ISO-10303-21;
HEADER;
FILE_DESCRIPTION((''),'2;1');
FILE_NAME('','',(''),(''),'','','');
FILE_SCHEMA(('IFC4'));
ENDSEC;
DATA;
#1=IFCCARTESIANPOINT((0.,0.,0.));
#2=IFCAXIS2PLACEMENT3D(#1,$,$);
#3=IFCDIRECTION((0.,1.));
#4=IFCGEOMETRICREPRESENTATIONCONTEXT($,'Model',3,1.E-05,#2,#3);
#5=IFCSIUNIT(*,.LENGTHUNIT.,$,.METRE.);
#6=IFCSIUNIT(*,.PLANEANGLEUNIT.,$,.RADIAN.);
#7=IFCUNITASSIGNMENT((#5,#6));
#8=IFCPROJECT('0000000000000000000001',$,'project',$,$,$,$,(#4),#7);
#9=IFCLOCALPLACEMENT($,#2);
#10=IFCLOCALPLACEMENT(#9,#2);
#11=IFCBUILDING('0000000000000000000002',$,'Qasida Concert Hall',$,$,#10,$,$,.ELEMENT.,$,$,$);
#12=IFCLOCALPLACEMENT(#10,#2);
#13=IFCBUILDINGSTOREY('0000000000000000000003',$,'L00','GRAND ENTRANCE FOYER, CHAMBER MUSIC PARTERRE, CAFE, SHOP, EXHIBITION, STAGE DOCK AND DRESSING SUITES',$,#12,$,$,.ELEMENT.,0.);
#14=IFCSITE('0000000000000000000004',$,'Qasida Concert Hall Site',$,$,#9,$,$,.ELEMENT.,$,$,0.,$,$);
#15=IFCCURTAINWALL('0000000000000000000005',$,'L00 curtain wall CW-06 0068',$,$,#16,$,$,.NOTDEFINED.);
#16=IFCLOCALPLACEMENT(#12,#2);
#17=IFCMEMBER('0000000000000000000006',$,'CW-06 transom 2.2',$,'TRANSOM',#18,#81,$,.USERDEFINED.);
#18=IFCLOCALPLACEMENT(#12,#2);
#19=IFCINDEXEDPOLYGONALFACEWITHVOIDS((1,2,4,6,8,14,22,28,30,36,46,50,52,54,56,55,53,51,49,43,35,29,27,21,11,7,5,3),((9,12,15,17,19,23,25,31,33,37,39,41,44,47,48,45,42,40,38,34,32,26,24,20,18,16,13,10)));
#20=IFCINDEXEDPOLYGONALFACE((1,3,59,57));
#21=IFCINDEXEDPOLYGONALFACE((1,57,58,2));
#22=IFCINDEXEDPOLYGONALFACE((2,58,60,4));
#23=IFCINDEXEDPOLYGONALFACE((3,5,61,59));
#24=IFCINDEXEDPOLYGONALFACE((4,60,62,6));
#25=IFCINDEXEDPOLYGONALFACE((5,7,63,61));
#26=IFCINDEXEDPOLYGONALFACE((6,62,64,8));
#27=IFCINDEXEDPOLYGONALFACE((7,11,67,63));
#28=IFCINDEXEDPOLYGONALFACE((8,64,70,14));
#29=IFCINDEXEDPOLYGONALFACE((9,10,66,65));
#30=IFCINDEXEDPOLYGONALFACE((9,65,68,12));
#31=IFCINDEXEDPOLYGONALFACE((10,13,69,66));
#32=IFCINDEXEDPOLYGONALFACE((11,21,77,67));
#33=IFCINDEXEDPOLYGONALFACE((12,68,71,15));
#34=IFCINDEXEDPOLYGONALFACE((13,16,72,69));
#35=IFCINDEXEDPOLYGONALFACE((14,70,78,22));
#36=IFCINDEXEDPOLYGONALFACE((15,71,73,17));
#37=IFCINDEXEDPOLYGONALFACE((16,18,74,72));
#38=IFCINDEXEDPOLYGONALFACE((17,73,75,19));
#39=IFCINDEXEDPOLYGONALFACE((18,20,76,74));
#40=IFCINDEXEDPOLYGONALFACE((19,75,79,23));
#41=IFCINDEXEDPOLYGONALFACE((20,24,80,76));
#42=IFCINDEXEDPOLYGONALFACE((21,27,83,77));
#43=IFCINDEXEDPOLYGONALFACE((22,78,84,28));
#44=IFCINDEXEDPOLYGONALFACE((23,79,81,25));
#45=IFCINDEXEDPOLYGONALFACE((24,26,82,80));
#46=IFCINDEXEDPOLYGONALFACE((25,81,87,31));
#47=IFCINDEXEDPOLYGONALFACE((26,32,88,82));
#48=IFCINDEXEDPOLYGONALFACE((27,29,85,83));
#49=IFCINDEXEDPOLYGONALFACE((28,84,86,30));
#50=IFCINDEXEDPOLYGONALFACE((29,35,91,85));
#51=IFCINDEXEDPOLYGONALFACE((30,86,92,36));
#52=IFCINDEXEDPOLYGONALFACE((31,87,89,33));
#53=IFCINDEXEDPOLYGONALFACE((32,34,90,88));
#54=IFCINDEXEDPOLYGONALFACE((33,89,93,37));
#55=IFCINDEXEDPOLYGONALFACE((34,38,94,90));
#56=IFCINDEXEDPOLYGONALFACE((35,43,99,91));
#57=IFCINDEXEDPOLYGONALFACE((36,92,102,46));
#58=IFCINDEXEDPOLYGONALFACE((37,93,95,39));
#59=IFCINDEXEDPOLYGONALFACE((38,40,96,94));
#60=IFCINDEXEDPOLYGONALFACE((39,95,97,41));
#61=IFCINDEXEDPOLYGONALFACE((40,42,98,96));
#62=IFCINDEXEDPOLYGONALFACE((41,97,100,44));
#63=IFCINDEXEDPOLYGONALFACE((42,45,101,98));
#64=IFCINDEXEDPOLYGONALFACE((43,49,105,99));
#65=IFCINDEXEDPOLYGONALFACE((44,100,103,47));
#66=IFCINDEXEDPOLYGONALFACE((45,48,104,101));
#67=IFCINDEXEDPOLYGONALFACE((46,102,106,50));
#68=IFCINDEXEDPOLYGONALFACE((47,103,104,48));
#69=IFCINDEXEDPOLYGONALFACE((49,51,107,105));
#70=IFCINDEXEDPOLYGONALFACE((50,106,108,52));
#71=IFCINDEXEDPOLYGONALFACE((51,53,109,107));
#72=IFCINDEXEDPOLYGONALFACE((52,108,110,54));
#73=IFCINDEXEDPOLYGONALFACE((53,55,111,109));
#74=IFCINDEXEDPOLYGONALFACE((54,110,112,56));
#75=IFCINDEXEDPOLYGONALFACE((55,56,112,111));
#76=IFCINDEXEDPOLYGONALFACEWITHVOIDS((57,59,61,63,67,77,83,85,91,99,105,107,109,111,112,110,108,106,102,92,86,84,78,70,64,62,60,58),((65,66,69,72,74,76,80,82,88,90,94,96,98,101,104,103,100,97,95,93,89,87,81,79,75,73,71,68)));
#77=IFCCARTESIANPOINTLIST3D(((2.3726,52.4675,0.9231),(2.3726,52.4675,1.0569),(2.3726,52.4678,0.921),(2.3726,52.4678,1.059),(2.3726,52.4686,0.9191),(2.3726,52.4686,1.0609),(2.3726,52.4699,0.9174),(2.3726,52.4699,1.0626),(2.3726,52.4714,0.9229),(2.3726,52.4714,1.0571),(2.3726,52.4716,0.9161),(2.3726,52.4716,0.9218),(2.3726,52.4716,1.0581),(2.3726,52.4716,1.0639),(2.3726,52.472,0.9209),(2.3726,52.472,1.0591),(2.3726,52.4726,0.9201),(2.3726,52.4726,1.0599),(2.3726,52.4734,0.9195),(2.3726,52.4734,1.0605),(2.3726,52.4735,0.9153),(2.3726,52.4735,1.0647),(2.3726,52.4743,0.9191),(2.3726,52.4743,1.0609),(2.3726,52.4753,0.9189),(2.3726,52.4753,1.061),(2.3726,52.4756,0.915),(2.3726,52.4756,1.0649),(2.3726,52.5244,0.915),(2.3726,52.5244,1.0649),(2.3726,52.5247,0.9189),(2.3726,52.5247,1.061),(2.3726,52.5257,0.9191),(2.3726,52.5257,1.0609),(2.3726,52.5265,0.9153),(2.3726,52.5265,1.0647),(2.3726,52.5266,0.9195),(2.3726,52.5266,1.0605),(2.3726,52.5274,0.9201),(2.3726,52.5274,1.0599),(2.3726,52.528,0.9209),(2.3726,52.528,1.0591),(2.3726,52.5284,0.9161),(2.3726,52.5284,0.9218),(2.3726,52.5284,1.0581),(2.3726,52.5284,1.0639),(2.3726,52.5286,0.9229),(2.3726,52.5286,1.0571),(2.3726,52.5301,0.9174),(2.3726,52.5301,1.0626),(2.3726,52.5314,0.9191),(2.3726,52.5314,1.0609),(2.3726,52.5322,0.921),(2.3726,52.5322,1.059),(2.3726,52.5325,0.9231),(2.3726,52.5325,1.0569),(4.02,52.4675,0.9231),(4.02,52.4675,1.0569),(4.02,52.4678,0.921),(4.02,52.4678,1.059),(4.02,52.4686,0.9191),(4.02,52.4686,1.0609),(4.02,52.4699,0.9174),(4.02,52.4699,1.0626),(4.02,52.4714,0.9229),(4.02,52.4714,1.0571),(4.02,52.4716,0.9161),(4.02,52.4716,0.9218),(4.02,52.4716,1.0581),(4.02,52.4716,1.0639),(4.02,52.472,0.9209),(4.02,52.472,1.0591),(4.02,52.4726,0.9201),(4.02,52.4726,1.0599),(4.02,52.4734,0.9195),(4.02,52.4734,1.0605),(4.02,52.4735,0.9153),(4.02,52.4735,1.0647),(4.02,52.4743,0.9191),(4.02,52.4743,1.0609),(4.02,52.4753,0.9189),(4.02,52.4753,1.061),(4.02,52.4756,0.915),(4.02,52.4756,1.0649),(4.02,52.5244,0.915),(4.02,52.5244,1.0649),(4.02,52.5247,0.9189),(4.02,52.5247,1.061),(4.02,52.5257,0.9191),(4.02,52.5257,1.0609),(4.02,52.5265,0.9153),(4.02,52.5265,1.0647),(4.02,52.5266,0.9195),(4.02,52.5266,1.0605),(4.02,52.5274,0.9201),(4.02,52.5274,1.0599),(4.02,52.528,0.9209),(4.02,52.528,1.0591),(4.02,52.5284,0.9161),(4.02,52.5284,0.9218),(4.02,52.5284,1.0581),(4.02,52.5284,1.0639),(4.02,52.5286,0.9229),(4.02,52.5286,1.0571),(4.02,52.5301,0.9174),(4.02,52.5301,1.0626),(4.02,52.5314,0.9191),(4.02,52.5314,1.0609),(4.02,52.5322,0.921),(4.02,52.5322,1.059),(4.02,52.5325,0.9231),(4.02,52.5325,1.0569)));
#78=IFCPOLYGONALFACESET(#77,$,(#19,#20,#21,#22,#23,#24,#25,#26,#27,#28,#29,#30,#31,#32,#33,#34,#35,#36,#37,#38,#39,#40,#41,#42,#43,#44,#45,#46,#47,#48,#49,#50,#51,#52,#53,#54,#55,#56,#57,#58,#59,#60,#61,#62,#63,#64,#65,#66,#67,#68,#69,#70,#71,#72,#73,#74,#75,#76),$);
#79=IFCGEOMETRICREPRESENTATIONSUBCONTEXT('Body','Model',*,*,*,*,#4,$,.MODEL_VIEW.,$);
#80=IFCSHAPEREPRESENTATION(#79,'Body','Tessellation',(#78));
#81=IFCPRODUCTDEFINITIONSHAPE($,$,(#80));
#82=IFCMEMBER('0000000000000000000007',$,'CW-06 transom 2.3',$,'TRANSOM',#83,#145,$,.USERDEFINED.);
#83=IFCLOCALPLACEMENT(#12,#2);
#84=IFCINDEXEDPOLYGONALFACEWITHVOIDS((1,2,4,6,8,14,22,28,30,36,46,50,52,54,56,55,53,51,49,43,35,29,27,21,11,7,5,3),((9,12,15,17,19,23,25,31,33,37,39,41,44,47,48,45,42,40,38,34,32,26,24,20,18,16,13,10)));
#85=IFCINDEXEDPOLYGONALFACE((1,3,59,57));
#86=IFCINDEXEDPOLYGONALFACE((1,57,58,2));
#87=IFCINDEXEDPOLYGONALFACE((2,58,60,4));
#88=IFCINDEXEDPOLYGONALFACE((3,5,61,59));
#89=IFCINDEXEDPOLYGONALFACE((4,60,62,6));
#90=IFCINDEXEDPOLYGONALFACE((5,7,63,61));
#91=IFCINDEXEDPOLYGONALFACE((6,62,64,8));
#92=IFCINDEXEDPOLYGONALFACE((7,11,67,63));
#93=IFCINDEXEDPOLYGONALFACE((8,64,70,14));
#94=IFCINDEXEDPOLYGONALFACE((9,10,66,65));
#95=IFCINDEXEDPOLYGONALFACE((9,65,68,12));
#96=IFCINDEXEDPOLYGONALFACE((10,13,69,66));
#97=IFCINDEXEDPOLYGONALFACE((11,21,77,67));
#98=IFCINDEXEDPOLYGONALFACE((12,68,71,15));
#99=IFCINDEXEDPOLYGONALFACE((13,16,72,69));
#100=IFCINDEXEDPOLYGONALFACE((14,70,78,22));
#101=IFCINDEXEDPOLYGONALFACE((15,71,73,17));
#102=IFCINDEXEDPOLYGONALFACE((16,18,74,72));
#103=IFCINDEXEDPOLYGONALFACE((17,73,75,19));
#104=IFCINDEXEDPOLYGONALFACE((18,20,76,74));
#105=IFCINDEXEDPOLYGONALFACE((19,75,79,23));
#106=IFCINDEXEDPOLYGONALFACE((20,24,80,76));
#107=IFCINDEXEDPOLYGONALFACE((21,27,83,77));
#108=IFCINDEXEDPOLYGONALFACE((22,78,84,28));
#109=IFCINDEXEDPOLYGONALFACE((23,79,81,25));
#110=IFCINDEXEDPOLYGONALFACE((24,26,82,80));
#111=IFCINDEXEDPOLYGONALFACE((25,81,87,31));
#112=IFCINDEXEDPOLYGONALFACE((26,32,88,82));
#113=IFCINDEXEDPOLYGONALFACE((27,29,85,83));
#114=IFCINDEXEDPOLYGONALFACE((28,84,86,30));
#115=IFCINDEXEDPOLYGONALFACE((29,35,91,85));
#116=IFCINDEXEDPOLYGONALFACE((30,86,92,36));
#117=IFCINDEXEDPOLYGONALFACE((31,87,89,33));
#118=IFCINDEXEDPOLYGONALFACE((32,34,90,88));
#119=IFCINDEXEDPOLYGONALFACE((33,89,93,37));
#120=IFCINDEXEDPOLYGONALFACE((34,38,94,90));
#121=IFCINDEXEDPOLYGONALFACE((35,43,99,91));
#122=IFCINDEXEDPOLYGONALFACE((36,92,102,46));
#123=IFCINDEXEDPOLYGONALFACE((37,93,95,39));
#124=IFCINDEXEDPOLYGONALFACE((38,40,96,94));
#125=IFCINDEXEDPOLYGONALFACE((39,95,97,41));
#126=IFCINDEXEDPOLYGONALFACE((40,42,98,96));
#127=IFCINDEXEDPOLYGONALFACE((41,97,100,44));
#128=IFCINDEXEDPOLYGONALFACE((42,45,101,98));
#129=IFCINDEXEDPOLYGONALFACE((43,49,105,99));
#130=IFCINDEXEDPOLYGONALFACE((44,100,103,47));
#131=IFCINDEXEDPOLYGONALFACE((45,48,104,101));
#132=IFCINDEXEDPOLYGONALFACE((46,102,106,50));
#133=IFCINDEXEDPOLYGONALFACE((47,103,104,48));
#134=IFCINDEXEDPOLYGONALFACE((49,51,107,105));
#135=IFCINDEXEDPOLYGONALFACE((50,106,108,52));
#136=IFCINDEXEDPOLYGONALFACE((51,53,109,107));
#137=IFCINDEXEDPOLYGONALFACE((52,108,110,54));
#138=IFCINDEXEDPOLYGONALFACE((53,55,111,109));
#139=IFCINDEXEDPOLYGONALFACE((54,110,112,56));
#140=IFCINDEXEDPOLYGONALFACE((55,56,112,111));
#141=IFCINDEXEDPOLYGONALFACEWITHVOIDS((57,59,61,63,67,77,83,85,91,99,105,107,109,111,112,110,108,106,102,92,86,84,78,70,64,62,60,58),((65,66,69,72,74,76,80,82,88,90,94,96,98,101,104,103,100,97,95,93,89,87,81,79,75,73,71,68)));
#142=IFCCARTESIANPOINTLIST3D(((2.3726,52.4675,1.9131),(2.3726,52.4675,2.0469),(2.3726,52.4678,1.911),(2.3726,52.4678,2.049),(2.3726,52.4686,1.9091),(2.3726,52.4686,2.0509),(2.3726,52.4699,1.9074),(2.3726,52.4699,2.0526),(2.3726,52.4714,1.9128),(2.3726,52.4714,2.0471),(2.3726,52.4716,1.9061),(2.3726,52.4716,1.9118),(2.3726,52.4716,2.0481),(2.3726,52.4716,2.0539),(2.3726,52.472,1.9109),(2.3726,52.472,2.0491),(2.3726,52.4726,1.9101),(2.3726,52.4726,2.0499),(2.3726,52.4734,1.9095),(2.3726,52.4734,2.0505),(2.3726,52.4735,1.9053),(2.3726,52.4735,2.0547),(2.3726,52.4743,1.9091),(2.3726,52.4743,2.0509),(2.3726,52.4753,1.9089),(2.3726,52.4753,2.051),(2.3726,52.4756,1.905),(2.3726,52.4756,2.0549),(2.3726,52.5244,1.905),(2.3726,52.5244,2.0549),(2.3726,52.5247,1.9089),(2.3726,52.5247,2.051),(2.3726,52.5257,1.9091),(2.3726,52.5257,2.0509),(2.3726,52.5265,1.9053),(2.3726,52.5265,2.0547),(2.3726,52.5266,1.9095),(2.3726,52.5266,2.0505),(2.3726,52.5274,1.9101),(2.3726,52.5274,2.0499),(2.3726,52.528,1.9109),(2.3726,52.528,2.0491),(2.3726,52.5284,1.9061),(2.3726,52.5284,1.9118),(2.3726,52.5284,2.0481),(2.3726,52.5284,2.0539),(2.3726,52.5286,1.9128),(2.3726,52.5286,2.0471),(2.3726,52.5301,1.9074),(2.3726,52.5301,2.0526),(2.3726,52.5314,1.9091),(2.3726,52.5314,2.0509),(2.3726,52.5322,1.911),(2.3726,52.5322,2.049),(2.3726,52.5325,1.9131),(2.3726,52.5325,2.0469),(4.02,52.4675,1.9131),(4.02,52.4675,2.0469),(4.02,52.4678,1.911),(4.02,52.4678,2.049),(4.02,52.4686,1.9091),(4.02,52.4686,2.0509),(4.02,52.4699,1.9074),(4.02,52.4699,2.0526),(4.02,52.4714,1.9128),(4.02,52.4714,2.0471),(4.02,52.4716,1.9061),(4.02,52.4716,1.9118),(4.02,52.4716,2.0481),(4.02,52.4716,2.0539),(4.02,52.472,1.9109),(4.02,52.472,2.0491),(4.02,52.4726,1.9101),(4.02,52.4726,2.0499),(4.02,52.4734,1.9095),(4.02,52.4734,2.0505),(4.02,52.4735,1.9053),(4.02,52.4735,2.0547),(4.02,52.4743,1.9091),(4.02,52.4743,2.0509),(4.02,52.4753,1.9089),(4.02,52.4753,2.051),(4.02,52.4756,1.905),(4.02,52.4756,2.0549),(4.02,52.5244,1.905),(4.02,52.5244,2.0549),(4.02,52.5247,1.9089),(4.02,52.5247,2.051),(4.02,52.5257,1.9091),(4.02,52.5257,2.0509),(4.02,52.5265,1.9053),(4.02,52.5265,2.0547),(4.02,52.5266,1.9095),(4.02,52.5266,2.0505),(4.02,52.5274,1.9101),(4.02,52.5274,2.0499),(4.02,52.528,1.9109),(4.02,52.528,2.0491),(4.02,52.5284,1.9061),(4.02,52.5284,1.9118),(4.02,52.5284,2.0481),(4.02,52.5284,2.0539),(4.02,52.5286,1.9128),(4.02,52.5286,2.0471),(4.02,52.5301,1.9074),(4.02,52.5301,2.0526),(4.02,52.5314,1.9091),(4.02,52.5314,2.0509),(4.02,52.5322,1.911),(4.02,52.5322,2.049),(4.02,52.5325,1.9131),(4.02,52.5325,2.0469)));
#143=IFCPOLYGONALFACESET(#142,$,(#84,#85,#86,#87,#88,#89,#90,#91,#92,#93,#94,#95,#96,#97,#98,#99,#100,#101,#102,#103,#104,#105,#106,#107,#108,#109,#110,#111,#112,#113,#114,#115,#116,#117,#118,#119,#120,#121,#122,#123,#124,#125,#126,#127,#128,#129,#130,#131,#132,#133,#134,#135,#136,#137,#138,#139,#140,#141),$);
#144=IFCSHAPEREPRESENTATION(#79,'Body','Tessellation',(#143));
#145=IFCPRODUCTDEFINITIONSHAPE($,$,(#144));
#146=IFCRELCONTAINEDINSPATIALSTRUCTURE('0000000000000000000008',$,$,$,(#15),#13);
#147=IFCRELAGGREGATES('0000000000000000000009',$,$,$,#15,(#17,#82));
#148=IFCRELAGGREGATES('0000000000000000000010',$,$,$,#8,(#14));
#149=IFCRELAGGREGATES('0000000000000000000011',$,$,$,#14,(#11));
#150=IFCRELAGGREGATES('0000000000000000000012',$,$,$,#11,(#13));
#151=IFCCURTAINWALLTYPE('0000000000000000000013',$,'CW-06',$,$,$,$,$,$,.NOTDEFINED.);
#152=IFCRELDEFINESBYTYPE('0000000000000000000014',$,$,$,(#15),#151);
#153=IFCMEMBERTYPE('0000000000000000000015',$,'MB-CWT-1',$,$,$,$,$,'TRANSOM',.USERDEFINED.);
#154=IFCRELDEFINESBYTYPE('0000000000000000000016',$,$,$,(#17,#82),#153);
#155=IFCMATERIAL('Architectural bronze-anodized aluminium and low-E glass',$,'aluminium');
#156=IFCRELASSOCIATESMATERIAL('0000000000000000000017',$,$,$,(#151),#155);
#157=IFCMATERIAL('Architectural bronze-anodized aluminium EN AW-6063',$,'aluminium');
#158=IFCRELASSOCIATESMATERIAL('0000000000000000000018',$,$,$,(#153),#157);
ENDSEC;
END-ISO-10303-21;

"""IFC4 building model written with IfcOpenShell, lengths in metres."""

from ifc_helpers import new_model, si_unit, direction, frame, origin, origin_2d, place, context, subcontext, project, spatial, hollow_rectangle, extrude, material, material_profile, profile_set, type_object, element, aggregate, save


model = new_model("IFC4")

# Units and contexts
model_context = context("Model", 3, precision=1e-05, world=origin(), true_north=direction((0.0, 1.0)))
body_context = subcontext(model_context, "Body", "Model", "MODEL_VIEW")
ifc_project = project(units=[si_unit("LENGTHUNIT", "METRE"), si_unit("PLANEANGLEUNIT", "RADIAN")], contexts=[model_context])

# Site, building, storey
site_placement = place(None, origin())
site = spatial("IfcSite", under=ifc_project, at=site_placement, Name="Qasida Concert Hall Site", CompositionType="ELEMENT", RefElevation=0.0)
building_placement = place(site_placement, origin())
building = spatial("IfcBuilding", under=site, at=building_placement, Name="Qasida Concert Hall", CompositionType="ELEMENT")
storey_placement = place(building_placement, origin())
storey = spatial("IfcBuildingStorey", under=building, at=storey_placement, Name="L00", Description="GRAND ENTRANCE FOYER, CHAMBER MUSIC PARTERRE, CAFE, SHOP, EXHIBITION, STAGE DOCK AND DRESSING SUITES", CompositionType="ELEMENT", Elevation=0.0)

# Curtain wall, members
ifc_material_1 = material(Name="Architectural bronze-anodized aluminium and low-E glass", Category="aluminium")
curtain_wall_type = type_object("IfcCurtainWallType", Name="CW-06", PredefinedType="NOTDEFINED", material=ifc_material_1)
curtain_wall_placement = place(storey_placement, origin())
curtain_wall = element("IfcCurtainWall", 1, at=curtain_wall_placement, inside=storey, type_object=curtain_wall_type, Name="L00 curtain wall CW-06 0068", PredefinedType="NOTDEFINED")
ifc_material_2 = material(Name="Architectural bronze-anodized aluminium EN AW-6063", Category="aluminium")
ifc_material_profile_1 = material_profile(ifc_material_2, hollow_rectangle(XDim=0.0649, YDim=0.1499, WallThickness=0.0039, InnerFilletRadius=0.0039, OuterFilletRadius=0.0081, at=origin_2d()), Name="CWT 150x65x4")
ifc_profile_set_1 = profile_set([ifc_material_profile_1], Name="Architectural bronze-anodized aluminium EN AW-6063")
member_type_1 = type_object("IfcMemberType", Name="MB-CWT-1", ElementType="TRANSOM", PredefinedType="USERDEFINED", material=ifc_profile_set_1)
member_1_placement = place(storey_placement, frame((2.3726, 52.5, 0.99), z_axis=(1.0, 0.0, 0.0), x_axis=(0.0, 1.0, 0.0)))
member_1 = element("IfcMember", 2, at=member_1_placement, type_object=member_type_1, Name="CW-06 transom 2.2", ObjectType="TRANSOM", PredefinedType="USERDEFINED", context=body_context, shape_type="SweptSolid", body=[
    extrude(hollow_rectangle(XDim=0.0649, YDim=0.1499, WallThickness=0.0039, InnerFilletRadius=0.0039, OuterFilletRadius=0.0081, at=origin_2d()), origin(), (0.0, 0.0, 1.0), 1.6475),
])
member_2_placement = place(storey_placement, frame((2.3726, 52.5, 1.98), z_axis=(1.0, 0.0, 0.0), x_axis=(0.0, 1.0, 0.0)))
member_2 = element("IfcMember", 3, at=member_2_placement, type_object=member_type_1, Name="CW-06 transom 2.3", ObjectType="TRANSOM", PredefinedType="USERDEFINED", context=body_context, shape_type="SweptSolid", body=[
    extrude(hollow_rectangle(XDim=0.0649, YDim=0.1499, WallThickness=0.0039, InnerFilletRadius=0.0039, OuterFilletRadius=0.0081, at=origin_2d()), origin(), (0.0, 0.0, 1.0), 1.6475),
])
aggregate(curtain_wall, [member_1, member_2])

save(model, "model.ifc")
